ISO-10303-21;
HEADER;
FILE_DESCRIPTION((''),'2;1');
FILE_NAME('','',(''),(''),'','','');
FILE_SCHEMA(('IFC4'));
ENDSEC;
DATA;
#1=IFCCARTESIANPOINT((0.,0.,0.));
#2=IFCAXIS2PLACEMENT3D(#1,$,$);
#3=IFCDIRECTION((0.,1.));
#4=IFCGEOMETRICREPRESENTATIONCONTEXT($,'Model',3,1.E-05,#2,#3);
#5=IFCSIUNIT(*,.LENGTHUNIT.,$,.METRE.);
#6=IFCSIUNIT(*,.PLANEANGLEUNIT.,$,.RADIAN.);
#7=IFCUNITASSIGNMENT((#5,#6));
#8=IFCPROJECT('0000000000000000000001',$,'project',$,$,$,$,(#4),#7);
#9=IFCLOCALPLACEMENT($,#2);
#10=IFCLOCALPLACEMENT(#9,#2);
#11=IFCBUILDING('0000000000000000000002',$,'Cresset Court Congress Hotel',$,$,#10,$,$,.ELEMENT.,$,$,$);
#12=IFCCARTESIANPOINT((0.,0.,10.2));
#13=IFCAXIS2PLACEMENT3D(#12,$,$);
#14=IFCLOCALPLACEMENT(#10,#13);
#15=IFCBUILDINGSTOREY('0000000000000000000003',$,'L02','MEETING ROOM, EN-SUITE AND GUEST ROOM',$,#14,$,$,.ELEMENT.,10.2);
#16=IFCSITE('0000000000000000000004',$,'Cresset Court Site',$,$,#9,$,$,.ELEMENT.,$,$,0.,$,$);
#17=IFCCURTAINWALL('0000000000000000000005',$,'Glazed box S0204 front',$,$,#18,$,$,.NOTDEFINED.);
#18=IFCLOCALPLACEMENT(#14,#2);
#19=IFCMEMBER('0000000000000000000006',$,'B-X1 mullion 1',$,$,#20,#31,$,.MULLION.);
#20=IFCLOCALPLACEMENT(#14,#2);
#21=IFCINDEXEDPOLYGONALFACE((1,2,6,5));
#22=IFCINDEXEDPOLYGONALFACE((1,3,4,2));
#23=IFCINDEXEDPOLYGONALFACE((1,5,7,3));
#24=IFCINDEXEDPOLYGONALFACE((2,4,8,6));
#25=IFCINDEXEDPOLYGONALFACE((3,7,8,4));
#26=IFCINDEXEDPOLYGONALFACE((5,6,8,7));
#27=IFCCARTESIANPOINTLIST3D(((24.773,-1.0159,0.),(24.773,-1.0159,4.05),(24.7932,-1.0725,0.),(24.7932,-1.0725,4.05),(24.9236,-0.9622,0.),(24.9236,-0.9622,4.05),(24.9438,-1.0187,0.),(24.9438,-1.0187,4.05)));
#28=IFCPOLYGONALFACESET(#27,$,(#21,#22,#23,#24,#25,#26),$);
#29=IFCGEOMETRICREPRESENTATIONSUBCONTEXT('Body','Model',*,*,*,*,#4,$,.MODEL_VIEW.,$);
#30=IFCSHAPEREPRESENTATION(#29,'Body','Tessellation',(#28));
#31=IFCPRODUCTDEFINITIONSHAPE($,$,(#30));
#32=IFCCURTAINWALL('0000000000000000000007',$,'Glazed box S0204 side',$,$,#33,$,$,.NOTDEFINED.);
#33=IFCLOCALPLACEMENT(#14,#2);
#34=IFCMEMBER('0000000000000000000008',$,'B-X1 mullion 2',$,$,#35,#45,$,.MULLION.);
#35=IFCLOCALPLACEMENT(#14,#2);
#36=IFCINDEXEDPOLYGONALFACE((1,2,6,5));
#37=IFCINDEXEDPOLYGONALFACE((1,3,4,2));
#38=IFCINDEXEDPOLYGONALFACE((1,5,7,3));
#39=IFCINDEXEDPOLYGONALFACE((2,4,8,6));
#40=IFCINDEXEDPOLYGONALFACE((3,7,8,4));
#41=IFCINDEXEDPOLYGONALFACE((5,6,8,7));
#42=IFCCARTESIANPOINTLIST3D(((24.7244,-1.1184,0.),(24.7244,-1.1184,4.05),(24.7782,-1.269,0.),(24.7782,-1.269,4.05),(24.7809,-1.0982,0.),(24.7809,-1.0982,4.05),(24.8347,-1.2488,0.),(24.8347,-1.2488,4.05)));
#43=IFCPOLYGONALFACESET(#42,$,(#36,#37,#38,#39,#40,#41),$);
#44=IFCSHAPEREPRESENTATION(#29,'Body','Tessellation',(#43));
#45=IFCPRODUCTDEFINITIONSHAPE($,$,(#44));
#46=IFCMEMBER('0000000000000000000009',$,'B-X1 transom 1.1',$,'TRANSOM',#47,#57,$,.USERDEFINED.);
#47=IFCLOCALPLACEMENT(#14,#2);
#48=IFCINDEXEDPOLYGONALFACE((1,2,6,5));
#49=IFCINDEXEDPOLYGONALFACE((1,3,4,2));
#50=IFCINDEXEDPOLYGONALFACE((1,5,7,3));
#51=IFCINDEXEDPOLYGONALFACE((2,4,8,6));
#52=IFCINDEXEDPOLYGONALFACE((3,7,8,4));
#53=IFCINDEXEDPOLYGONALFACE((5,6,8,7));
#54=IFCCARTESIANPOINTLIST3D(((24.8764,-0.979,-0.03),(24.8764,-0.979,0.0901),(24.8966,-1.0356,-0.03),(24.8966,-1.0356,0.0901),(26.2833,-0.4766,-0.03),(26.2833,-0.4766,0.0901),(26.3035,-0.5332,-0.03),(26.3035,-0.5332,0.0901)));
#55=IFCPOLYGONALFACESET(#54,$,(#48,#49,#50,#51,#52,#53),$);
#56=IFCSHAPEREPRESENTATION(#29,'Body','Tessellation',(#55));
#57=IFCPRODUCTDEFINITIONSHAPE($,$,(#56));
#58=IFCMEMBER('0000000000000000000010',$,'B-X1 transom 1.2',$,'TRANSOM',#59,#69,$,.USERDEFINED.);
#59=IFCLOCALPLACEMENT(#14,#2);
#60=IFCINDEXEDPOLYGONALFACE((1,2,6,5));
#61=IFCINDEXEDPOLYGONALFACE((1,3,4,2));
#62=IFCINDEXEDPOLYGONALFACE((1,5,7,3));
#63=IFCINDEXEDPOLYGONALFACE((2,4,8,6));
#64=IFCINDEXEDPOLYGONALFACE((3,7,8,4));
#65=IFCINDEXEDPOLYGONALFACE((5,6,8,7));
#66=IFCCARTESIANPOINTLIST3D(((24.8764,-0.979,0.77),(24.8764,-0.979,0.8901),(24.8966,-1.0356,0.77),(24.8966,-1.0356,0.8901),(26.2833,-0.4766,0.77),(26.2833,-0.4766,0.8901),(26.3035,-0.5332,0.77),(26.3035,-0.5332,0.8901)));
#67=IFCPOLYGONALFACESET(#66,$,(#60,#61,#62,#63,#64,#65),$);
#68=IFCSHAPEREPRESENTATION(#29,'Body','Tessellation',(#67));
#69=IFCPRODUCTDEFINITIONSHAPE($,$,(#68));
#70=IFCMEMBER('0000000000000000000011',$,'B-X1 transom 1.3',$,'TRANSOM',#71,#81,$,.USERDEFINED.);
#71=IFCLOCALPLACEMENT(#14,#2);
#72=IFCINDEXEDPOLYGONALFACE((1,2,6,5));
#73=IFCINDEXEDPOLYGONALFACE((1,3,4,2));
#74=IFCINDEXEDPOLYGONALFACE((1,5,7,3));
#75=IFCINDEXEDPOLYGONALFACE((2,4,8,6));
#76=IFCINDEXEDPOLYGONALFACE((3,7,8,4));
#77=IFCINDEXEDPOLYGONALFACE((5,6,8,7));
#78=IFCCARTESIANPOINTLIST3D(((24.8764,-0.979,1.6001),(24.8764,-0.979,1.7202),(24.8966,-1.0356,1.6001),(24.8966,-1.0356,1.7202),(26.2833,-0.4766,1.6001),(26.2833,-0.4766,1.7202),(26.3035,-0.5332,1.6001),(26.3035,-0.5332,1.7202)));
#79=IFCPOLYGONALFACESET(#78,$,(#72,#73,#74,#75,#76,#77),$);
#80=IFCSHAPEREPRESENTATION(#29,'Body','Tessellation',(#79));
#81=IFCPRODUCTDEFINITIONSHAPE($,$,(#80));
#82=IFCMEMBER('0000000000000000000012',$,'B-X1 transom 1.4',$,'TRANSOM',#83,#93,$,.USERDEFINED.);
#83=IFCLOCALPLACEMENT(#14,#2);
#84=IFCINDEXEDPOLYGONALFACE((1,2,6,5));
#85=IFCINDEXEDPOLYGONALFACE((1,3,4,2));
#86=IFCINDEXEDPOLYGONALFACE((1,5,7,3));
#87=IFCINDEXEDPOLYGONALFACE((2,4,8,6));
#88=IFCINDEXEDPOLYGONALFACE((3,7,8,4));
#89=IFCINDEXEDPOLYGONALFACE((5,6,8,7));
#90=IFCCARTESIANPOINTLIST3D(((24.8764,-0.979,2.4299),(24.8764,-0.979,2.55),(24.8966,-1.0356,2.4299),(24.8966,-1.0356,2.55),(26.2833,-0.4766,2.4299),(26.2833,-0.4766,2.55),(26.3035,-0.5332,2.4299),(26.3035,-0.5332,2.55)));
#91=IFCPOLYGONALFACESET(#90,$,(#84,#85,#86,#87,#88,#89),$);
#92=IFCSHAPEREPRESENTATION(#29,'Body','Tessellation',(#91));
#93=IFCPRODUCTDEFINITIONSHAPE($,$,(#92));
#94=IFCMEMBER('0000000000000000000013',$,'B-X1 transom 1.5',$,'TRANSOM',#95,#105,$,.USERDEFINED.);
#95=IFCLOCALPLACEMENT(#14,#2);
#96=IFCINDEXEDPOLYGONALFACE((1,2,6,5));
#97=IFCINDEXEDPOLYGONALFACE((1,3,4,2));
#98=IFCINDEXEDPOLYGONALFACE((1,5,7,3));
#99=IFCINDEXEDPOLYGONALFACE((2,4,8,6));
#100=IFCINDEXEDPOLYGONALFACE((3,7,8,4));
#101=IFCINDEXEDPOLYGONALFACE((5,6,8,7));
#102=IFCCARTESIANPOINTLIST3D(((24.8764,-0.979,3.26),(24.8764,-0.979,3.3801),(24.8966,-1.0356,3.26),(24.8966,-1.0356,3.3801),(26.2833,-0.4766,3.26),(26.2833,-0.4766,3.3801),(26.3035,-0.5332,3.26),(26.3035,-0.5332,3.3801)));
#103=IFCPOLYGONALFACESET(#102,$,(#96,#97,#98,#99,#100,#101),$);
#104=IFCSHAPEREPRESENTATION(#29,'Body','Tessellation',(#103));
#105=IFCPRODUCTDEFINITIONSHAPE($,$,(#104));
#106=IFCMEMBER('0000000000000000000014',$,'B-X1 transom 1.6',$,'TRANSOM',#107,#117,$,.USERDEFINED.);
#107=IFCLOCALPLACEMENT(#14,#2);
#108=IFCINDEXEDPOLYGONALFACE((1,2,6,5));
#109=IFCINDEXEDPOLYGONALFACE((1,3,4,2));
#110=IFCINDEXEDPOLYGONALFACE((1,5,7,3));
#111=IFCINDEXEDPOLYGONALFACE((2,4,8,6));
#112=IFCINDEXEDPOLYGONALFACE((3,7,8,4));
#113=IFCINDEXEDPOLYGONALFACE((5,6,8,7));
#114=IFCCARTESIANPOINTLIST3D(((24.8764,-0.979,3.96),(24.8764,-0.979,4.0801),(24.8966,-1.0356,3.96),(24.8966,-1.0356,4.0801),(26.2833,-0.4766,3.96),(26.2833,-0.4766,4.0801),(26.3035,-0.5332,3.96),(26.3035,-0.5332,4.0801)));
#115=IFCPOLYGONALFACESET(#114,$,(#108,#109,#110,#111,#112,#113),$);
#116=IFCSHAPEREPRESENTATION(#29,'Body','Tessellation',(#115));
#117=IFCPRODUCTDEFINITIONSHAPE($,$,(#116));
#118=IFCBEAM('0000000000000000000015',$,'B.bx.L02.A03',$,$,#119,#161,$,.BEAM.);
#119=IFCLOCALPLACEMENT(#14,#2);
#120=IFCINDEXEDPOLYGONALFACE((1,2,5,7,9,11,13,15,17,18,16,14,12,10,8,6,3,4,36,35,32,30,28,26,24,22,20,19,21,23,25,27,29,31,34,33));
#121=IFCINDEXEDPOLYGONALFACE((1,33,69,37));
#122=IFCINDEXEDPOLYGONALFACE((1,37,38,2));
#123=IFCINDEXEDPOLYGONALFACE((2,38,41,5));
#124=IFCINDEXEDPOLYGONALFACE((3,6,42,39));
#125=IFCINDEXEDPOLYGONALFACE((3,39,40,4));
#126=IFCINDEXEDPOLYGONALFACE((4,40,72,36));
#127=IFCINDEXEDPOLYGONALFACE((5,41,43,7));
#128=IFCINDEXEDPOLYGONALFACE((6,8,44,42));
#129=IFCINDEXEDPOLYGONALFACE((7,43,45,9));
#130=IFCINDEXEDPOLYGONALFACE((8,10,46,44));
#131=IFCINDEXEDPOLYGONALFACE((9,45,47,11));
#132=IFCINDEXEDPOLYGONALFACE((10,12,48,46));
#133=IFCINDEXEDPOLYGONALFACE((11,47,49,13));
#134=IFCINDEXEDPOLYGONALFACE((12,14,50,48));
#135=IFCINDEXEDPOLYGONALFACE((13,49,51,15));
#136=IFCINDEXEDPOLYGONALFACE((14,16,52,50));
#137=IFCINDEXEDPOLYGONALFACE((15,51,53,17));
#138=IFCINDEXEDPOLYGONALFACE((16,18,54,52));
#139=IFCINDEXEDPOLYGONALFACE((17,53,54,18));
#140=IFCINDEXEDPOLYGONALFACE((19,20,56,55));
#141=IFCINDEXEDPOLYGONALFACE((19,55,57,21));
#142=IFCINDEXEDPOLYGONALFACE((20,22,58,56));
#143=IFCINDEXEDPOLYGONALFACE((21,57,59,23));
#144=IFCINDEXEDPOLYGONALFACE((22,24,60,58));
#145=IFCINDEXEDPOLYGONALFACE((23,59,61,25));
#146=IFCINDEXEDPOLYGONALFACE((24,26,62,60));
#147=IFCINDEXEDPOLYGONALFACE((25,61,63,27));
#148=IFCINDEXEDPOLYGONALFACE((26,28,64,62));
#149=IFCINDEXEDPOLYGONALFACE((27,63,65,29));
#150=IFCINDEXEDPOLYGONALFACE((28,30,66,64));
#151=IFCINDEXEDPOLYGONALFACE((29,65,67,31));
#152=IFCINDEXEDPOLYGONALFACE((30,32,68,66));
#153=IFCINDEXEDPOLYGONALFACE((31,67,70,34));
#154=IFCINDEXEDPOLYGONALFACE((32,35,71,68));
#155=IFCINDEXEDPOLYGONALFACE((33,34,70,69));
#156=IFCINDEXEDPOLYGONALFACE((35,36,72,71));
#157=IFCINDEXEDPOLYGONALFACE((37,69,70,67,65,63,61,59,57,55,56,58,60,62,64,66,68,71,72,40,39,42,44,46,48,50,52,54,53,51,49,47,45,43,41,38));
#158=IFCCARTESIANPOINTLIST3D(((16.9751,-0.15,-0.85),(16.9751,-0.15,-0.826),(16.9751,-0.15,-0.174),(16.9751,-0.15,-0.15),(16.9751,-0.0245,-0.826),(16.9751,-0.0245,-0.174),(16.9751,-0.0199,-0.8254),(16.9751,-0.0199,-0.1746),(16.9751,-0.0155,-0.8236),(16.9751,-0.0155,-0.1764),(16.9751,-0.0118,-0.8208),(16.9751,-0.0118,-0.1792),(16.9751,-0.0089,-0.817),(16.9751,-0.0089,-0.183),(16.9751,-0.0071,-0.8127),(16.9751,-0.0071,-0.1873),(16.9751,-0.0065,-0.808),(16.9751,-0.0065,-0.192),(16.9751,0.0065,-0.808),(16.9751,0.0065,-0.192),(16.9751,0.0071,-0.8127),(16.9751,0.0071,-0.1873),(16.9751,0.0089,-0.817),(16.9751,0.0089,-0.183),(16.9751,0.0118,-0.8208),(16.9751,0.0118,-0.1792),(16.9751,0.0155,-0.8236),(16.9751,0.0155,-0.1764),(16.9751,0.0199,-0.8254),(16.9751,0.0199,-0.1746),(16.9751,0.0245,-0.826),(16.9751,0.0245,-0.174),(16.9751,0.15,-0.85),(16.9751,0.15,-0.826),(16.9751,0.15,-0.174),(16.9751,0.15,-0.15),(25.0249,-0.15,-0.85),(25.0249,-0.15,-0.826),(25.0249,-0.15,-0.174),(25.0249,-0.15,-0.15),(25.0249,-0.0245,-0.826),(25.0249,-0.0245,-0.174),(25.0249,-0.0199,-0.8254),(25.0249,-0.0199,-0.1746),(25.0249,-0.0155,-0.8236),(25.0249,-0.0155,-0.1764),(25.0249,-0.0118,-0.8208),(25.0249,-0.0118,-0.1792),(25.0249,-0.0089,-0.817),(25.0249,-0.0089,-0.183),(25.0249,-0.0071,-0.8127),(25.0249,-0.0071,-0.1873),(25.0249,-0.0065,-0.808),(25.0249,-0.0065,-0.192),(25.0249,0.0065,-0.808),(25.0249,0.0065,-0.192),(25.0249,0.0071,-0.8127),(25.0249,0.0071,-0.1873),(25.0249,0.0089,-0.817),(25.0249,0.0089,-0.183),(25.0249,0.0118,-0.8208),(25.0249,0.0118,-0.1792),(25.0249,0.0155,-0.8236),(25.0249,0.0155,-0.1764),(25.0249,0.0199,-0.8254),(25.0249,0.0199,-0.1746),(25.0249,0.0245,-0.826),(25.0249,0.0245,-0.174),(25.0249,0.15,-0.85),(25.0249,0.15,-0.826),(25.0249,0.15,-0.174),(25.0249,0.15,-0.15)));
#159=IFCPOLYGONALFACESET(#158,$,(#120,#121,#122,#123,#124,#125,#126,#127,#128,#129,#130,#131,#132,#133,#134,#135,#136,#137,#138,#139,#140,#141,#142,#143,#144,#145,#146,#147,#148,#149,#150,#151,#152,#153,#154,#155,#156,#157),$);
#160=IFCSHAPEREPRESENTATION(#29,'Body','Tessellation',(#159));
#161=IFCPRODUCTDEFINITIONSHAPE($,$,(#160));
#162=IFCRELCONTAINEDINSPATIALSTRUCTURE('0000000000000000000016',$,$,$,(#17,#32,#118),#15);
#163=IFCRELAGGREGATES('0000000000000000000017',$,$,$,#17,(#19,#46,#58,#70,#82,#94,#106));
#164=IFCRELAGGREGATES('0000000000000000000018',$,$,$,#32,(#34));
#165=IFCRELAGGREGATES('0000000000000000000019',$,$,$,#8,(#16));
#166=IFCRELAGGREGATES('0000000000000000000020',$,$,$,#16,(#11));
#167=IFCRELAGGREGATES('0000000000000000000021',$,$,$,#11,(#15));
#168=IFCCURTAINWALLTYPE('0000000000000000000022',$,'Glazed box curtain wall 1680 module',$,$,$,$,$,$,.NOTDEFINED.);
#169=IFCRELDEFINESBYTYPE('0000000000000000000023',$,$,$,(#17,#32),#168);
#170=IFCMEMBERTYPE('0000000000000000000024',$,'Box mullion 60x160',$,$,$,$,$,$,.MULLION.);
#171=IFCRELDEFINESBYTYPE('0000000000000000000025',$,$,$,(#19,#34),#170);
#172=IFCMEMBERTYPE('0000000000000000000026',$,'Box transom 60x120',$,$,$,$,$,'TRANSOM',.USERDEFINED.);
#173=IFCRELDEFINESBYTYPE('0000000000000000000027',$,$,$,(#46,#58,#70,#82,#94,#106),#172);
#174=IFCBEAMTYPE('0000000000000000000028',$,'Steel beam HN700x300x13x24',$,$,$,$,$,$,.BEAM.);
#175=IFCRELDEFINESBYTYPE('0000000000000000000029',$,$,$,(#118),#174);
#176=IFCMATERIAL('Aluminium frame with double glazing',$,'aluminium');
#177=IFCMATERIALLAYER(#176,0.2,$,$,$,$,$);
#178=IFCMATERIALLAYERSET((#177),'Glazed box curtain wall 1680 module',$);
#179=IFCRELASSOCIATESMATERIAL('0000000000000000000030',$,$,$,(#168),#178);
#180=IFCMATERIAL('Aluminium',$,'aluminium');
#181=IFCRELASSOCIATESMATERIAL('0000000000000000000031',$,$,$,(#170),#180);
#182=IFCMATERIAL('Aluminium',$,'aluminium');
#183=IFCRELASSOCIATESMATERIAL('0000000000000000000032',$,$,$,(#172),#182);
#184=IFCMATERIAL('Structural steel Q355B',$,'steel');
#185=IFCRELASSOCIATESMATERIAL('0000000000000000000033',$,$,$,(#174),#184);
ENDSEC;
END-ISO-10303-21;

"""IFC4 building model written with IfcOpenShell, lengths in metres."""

from ifc_helpers import new_model, si_unit, direction, frame, origin, origin_2d, place, context, subcontext, project, spatial, rectangle, i_section, extrude, material, layer, layer_set, material_profile, profile_set, type_object, element, aggregate, save


model = new_model("IFC4")

# Units and contexts
model_context = context("Model", 3, precision=1e-05, world=origin(), true_north=direction((0.0, 1.0)))
body_context = subcontext(model_context, "Body", "Model", "MODEL_VIEW")
ifc_project = project(units=[si_unit("LENGTHUNIT", "METRE"), si_unit("PLANEANGLEUNIT", "RADIAN")], contexts=[model_context])

# Site, building, storey
site_placement = place(None, origin())
site = spatial("IfcSite", under=ifc_project, at=site_placement, Name="Cresset Court Site", CompositionType="ELEMENT", RefElevation=0.0)
building_placement = place(site_placement, origin())
building = spatial("IfcBuilding", under=site, at=building_placement, Name="Cresset Court Congress Hotel", CompositionType="ELEMENT")
storey_placement = place(building_placement, frame((0.0, 0.0, 10.2)))
storey = spatial("IfcBuildingStorey", under=building, at=storey_placement, Name="L02", Description="MEETING ROOM, EN-SUITE AND GUEST ROOM", CompositionType="ELEMENT", Elevation=10.2)

# Curtain walls, members
ifc_material_1 = material(Name="Aluminium frame with double glazing", Category="aluminium")
ifc_layer_1 = layer(ifc_material_1, 0.2)
ifc_layer_set_1 = layer_set([ifc_layer_1], Name="Glazed box curtain wall 1680 module")
curtain_wall_type = type_object("IfcCurtainWallType", Name="Glazed box curtain wall 1680 module", PredefinedType="NOTDEFINED", material=ifc_layer_set_1)
curtain_wall_1_placement = place(storey_placement, origin())
curtain_wall_1 = element("IfcCurtainWall", 1, at=curtain_wall_1_placement, inside=storey, type_object=curtain_wall_type, Name="Glazed box S0204 front", PredefinedType="NOTDEFINED")
ifc_material_2 = material(Name="Aluminium", Category="aluminium")
ifc_material_profile_1 = material_profile(ifc_material_2, rectangle(XDim=0.0601, YDim=0.1599, at=origin_2d()), Name="Box mullion 60x160")
ifc_profile_set_1 = profile_set([ifc_material_profile_1], Name="Aluminium")
member_type_1 = type_object("IfcMemberType", Name="Box mullion 60x160", PredefinedType="MULLION", material=ifc_profile_set_1)
member_1_placement = place(storey_placement, frame((24.8584, -1.0173, 0.0), z_axis=(0.0, 0.0, 1.0), x_axis=(-0.336336, 0.941742, 0.0)))
member_1 = element("IfcMember", 2, at=member_1_placement, type_object=member_type_1, Name="B-X1 mullion 1", PredefinedType="MULLION", context=body_context, shape_type="SweptSolid", body=[
    extrude(rectangle(XDim=0.0601, YDim=0.1599, at=origin_2d()), origin(), (0.0, 0.0, 1.0), 4.05),
])
curtain_wall_2_placement = place(storey_placement, origin())
curtain_wall_2 = element("IfcCurtainWall", 3, at=curtain_wall_2_placement, inside=storey, type_object=curtain_wall_type, Name="Glazed box S0204 side", PredefinedType="NOTDEFINED")
member_2_placement = place(storey_placement, frame((24.7795, -1.1836, 0.0), z_axis=(0.0, 0.0, 1.0), x_axis=(-0.941742, -0.336336, 0.0)))
member_2 = element("IfcMember", 4, at=member_2_placement, type_object=member_type_1, Name="B-X1 mullion 2", PredefinedType="MULLION", context=body_context, shape_type="SweptSolid", body=[
    extrude(rectangle(XDim=0.0601, YDim=0.1599, at=origin_2d()), origin(), (0.0, 0.0, 1.0), 4.05),
])

# Members
ifc_material_3 = material(Name="Aluminium", Category="aluminium")
ifc_material_profile_2 = material_profile(ifc_material_3, rectangle(XDim=0.0601, YDim=0.1201, at=origin_2d()), Name="Box transom 60x120")
ifc_profile_set_2 = profile_set([ifc_material_profile_2], Name="Aluminium")
member_type_2 = type_object("IfcMemberType", Name="Box transom 60x120", ElementType="TRANSOM", PredefinedType="USERDEFINED", material=ifc_profile_set_2)
member_3_placement = place(storey_placement, frame((24.8865, -1.0073, 0.03), z_axis=(0.941753, 0.336305, 0.0), x_axis=(-0.336305, 0.941753, 0.0)))
member_3 = element("IfcMember", 5, at=member_3_placement, type_object=member_type_2, Name="B-X1 transom 1.1", ObjectType="TRANSOM", PredefinedType="USERDEFINED", context=body_context, shape_type="SweptSolid", body=[
    extrude(rectangle(XDim=0.0601, YDim=0.1201, at=origin_2d()), origin(), (0.0, 0.0, 1.0), 1.4939),
])
member_4_placement = place(storey_placement, frame((24.8865, -1.0073, 0.8301), z_axis=(0.941753, 0.336305, 0.0), x_axis=(-0.336305, 0.941753, 0.0)))
member_4 = element("IfcMember", 6, at=member_4_placement, type_object=member_type_2, Name="B-X1 transom 1.2", ObjectType="TRANSOM", PredefinedType="USERDEFINED", context=body_context, shape_type="SweptSolid", body=[
    extrude(rectangle(XDim=0.0601, YDim=0.1201, at=origin_2d()), origin(), (0.0, 0.0, 1.0), 1.4939),
])
member_5_placement = place(storey_placement, frame((24.8865, -1.0073, 1.6602), z_axis=(0.941753, 0.336305, 0.0), x_axis=(-0.336305, 0.941753, 0.0)))
member_5 = element("IfcMember", 7, at=member_5_placement, type_object=member_type_2, Name="B-X1 transom 1.3", ObjectType="TRANSOM", PredefinedType="USERDEFINED", context=body_context, shape_type="SweptSolid", body=[
    extrude(rectangle(XDim=0.0601, YDim=0.1201, at=origin_2d()), origin(), (0.0, 0.0, 1.0), 1.4939),
])
member_6_placement = place(storey_placement, frame((24.8865, -1.0073, 2.49), z_axis=(0.941753, 0.336305, 0.0), x_axis=(-0.336305, 0.941753, 0.0)))
member_6 = element("IfcMember", 8, at=member_6_placement, type_object=member_type_2, Name="B-X1 transom 1.4", ObjectType="TRANSOM", PredefinedType="USERDEFINED", context=body_context, shape_type="SweptSolid", body=[
    extrude(rectangle(XDim=0.0601, YDim=0.1201, at=origin_2d()), origin(), (0.0, 0.0, 1.0), 1.4939),
])
member_7_placement = place(storey_placement, frame((24.8865, -1.0073, 3.3201), z_axis=(0.941753, 0.336305, 0.0), x_axis=(-0.336305, 0.941753, 0.0)))
member_7 = element("IfcMember", 9, at=member_7_placement, type_object=member_type_2, Name="B-X1 transom 1.5", ObjectType="TRANSOM", PredefinedType="USERDEFINED", context=body_context, shape_type="SweptSolid", body=[
    extrude(rectangle(XDim=0.0601, YDim=0.1201, at=origin_2d()), origin(), (0.0, 0.0, 1.0), 1.4939),
])
member_8_placement = place(storey_placement, frame((24.8865, -1.0073, 4.02), z_axis=(0.941753, 0.336305, 0.0), x_axis=(-0.336305, 0.941753, 0.0)))
member_8 = element("IfcMember", 10, at=member_8_placement, type_object=member_type_2, Name="B-X1 transom 1.6", ObjectType="TRANSOM", PredefinedType="USERDEFINED", context=body_context, shape_type="SweptSolid", body=[
    extrude(rectangle(XDim=0.0601, YDim=0.1201, at=origin_2d()), origin(), (0.0, 0.0, 1.0), 1.4939),
])
aggregate(curtain_wall_1, [member_1, member_3, member_4, member_5, member_6, member_7, member_8])

# Beam
ifc_material_4 = material(Name="Structural steel Q355B", Category="steel")
ifc_material_profile_3 = material_profile(ifc_material_4, i_section(OverallWidth=0.3, OverallDepth=0.7, WebThickness=0.0129, FlangeThickness=0.0239, FilletRadius=0.0181, at=origin_2d()), Name="HN700x300x13x24")
ifc_profile_set_3 = profile_set([ifc_material_profile_3], Name="Structural steel Q355B")
beam_type_1 = type_object("IfcBeamType", Name="Steel beam HN700x300x13x24", PredefinedType="BEAM", material=ifc_profile_set_3)
beam_1_placement = place(storey_placement, frame((16.9751, 0.0, -0.5), z_axis=(1.0, 0.0, 0.0), x_axis=(0.0, 1.0, 0.0)))
element("IfcBeam", 11, at=beam_1_placement, inside=storey, type_object=beam_type_1, Name="B.bx.L02.A03", PredefinedType="BEAM", context=body_context, shape_type="SweptSolid", body=[
    extrude(i_section(OverallWidth=0.3, OverallDepth=0.7, WebThickness=0.0129, FlangeThickness=0.0239, FilletRadius=0.0181, at=origin_2d()), origin(), (0.0, 0.0, 1.0), 8.0498),
])

aggregate(curtain_wall_2, [member_2])

save(model, "model.ifc")
